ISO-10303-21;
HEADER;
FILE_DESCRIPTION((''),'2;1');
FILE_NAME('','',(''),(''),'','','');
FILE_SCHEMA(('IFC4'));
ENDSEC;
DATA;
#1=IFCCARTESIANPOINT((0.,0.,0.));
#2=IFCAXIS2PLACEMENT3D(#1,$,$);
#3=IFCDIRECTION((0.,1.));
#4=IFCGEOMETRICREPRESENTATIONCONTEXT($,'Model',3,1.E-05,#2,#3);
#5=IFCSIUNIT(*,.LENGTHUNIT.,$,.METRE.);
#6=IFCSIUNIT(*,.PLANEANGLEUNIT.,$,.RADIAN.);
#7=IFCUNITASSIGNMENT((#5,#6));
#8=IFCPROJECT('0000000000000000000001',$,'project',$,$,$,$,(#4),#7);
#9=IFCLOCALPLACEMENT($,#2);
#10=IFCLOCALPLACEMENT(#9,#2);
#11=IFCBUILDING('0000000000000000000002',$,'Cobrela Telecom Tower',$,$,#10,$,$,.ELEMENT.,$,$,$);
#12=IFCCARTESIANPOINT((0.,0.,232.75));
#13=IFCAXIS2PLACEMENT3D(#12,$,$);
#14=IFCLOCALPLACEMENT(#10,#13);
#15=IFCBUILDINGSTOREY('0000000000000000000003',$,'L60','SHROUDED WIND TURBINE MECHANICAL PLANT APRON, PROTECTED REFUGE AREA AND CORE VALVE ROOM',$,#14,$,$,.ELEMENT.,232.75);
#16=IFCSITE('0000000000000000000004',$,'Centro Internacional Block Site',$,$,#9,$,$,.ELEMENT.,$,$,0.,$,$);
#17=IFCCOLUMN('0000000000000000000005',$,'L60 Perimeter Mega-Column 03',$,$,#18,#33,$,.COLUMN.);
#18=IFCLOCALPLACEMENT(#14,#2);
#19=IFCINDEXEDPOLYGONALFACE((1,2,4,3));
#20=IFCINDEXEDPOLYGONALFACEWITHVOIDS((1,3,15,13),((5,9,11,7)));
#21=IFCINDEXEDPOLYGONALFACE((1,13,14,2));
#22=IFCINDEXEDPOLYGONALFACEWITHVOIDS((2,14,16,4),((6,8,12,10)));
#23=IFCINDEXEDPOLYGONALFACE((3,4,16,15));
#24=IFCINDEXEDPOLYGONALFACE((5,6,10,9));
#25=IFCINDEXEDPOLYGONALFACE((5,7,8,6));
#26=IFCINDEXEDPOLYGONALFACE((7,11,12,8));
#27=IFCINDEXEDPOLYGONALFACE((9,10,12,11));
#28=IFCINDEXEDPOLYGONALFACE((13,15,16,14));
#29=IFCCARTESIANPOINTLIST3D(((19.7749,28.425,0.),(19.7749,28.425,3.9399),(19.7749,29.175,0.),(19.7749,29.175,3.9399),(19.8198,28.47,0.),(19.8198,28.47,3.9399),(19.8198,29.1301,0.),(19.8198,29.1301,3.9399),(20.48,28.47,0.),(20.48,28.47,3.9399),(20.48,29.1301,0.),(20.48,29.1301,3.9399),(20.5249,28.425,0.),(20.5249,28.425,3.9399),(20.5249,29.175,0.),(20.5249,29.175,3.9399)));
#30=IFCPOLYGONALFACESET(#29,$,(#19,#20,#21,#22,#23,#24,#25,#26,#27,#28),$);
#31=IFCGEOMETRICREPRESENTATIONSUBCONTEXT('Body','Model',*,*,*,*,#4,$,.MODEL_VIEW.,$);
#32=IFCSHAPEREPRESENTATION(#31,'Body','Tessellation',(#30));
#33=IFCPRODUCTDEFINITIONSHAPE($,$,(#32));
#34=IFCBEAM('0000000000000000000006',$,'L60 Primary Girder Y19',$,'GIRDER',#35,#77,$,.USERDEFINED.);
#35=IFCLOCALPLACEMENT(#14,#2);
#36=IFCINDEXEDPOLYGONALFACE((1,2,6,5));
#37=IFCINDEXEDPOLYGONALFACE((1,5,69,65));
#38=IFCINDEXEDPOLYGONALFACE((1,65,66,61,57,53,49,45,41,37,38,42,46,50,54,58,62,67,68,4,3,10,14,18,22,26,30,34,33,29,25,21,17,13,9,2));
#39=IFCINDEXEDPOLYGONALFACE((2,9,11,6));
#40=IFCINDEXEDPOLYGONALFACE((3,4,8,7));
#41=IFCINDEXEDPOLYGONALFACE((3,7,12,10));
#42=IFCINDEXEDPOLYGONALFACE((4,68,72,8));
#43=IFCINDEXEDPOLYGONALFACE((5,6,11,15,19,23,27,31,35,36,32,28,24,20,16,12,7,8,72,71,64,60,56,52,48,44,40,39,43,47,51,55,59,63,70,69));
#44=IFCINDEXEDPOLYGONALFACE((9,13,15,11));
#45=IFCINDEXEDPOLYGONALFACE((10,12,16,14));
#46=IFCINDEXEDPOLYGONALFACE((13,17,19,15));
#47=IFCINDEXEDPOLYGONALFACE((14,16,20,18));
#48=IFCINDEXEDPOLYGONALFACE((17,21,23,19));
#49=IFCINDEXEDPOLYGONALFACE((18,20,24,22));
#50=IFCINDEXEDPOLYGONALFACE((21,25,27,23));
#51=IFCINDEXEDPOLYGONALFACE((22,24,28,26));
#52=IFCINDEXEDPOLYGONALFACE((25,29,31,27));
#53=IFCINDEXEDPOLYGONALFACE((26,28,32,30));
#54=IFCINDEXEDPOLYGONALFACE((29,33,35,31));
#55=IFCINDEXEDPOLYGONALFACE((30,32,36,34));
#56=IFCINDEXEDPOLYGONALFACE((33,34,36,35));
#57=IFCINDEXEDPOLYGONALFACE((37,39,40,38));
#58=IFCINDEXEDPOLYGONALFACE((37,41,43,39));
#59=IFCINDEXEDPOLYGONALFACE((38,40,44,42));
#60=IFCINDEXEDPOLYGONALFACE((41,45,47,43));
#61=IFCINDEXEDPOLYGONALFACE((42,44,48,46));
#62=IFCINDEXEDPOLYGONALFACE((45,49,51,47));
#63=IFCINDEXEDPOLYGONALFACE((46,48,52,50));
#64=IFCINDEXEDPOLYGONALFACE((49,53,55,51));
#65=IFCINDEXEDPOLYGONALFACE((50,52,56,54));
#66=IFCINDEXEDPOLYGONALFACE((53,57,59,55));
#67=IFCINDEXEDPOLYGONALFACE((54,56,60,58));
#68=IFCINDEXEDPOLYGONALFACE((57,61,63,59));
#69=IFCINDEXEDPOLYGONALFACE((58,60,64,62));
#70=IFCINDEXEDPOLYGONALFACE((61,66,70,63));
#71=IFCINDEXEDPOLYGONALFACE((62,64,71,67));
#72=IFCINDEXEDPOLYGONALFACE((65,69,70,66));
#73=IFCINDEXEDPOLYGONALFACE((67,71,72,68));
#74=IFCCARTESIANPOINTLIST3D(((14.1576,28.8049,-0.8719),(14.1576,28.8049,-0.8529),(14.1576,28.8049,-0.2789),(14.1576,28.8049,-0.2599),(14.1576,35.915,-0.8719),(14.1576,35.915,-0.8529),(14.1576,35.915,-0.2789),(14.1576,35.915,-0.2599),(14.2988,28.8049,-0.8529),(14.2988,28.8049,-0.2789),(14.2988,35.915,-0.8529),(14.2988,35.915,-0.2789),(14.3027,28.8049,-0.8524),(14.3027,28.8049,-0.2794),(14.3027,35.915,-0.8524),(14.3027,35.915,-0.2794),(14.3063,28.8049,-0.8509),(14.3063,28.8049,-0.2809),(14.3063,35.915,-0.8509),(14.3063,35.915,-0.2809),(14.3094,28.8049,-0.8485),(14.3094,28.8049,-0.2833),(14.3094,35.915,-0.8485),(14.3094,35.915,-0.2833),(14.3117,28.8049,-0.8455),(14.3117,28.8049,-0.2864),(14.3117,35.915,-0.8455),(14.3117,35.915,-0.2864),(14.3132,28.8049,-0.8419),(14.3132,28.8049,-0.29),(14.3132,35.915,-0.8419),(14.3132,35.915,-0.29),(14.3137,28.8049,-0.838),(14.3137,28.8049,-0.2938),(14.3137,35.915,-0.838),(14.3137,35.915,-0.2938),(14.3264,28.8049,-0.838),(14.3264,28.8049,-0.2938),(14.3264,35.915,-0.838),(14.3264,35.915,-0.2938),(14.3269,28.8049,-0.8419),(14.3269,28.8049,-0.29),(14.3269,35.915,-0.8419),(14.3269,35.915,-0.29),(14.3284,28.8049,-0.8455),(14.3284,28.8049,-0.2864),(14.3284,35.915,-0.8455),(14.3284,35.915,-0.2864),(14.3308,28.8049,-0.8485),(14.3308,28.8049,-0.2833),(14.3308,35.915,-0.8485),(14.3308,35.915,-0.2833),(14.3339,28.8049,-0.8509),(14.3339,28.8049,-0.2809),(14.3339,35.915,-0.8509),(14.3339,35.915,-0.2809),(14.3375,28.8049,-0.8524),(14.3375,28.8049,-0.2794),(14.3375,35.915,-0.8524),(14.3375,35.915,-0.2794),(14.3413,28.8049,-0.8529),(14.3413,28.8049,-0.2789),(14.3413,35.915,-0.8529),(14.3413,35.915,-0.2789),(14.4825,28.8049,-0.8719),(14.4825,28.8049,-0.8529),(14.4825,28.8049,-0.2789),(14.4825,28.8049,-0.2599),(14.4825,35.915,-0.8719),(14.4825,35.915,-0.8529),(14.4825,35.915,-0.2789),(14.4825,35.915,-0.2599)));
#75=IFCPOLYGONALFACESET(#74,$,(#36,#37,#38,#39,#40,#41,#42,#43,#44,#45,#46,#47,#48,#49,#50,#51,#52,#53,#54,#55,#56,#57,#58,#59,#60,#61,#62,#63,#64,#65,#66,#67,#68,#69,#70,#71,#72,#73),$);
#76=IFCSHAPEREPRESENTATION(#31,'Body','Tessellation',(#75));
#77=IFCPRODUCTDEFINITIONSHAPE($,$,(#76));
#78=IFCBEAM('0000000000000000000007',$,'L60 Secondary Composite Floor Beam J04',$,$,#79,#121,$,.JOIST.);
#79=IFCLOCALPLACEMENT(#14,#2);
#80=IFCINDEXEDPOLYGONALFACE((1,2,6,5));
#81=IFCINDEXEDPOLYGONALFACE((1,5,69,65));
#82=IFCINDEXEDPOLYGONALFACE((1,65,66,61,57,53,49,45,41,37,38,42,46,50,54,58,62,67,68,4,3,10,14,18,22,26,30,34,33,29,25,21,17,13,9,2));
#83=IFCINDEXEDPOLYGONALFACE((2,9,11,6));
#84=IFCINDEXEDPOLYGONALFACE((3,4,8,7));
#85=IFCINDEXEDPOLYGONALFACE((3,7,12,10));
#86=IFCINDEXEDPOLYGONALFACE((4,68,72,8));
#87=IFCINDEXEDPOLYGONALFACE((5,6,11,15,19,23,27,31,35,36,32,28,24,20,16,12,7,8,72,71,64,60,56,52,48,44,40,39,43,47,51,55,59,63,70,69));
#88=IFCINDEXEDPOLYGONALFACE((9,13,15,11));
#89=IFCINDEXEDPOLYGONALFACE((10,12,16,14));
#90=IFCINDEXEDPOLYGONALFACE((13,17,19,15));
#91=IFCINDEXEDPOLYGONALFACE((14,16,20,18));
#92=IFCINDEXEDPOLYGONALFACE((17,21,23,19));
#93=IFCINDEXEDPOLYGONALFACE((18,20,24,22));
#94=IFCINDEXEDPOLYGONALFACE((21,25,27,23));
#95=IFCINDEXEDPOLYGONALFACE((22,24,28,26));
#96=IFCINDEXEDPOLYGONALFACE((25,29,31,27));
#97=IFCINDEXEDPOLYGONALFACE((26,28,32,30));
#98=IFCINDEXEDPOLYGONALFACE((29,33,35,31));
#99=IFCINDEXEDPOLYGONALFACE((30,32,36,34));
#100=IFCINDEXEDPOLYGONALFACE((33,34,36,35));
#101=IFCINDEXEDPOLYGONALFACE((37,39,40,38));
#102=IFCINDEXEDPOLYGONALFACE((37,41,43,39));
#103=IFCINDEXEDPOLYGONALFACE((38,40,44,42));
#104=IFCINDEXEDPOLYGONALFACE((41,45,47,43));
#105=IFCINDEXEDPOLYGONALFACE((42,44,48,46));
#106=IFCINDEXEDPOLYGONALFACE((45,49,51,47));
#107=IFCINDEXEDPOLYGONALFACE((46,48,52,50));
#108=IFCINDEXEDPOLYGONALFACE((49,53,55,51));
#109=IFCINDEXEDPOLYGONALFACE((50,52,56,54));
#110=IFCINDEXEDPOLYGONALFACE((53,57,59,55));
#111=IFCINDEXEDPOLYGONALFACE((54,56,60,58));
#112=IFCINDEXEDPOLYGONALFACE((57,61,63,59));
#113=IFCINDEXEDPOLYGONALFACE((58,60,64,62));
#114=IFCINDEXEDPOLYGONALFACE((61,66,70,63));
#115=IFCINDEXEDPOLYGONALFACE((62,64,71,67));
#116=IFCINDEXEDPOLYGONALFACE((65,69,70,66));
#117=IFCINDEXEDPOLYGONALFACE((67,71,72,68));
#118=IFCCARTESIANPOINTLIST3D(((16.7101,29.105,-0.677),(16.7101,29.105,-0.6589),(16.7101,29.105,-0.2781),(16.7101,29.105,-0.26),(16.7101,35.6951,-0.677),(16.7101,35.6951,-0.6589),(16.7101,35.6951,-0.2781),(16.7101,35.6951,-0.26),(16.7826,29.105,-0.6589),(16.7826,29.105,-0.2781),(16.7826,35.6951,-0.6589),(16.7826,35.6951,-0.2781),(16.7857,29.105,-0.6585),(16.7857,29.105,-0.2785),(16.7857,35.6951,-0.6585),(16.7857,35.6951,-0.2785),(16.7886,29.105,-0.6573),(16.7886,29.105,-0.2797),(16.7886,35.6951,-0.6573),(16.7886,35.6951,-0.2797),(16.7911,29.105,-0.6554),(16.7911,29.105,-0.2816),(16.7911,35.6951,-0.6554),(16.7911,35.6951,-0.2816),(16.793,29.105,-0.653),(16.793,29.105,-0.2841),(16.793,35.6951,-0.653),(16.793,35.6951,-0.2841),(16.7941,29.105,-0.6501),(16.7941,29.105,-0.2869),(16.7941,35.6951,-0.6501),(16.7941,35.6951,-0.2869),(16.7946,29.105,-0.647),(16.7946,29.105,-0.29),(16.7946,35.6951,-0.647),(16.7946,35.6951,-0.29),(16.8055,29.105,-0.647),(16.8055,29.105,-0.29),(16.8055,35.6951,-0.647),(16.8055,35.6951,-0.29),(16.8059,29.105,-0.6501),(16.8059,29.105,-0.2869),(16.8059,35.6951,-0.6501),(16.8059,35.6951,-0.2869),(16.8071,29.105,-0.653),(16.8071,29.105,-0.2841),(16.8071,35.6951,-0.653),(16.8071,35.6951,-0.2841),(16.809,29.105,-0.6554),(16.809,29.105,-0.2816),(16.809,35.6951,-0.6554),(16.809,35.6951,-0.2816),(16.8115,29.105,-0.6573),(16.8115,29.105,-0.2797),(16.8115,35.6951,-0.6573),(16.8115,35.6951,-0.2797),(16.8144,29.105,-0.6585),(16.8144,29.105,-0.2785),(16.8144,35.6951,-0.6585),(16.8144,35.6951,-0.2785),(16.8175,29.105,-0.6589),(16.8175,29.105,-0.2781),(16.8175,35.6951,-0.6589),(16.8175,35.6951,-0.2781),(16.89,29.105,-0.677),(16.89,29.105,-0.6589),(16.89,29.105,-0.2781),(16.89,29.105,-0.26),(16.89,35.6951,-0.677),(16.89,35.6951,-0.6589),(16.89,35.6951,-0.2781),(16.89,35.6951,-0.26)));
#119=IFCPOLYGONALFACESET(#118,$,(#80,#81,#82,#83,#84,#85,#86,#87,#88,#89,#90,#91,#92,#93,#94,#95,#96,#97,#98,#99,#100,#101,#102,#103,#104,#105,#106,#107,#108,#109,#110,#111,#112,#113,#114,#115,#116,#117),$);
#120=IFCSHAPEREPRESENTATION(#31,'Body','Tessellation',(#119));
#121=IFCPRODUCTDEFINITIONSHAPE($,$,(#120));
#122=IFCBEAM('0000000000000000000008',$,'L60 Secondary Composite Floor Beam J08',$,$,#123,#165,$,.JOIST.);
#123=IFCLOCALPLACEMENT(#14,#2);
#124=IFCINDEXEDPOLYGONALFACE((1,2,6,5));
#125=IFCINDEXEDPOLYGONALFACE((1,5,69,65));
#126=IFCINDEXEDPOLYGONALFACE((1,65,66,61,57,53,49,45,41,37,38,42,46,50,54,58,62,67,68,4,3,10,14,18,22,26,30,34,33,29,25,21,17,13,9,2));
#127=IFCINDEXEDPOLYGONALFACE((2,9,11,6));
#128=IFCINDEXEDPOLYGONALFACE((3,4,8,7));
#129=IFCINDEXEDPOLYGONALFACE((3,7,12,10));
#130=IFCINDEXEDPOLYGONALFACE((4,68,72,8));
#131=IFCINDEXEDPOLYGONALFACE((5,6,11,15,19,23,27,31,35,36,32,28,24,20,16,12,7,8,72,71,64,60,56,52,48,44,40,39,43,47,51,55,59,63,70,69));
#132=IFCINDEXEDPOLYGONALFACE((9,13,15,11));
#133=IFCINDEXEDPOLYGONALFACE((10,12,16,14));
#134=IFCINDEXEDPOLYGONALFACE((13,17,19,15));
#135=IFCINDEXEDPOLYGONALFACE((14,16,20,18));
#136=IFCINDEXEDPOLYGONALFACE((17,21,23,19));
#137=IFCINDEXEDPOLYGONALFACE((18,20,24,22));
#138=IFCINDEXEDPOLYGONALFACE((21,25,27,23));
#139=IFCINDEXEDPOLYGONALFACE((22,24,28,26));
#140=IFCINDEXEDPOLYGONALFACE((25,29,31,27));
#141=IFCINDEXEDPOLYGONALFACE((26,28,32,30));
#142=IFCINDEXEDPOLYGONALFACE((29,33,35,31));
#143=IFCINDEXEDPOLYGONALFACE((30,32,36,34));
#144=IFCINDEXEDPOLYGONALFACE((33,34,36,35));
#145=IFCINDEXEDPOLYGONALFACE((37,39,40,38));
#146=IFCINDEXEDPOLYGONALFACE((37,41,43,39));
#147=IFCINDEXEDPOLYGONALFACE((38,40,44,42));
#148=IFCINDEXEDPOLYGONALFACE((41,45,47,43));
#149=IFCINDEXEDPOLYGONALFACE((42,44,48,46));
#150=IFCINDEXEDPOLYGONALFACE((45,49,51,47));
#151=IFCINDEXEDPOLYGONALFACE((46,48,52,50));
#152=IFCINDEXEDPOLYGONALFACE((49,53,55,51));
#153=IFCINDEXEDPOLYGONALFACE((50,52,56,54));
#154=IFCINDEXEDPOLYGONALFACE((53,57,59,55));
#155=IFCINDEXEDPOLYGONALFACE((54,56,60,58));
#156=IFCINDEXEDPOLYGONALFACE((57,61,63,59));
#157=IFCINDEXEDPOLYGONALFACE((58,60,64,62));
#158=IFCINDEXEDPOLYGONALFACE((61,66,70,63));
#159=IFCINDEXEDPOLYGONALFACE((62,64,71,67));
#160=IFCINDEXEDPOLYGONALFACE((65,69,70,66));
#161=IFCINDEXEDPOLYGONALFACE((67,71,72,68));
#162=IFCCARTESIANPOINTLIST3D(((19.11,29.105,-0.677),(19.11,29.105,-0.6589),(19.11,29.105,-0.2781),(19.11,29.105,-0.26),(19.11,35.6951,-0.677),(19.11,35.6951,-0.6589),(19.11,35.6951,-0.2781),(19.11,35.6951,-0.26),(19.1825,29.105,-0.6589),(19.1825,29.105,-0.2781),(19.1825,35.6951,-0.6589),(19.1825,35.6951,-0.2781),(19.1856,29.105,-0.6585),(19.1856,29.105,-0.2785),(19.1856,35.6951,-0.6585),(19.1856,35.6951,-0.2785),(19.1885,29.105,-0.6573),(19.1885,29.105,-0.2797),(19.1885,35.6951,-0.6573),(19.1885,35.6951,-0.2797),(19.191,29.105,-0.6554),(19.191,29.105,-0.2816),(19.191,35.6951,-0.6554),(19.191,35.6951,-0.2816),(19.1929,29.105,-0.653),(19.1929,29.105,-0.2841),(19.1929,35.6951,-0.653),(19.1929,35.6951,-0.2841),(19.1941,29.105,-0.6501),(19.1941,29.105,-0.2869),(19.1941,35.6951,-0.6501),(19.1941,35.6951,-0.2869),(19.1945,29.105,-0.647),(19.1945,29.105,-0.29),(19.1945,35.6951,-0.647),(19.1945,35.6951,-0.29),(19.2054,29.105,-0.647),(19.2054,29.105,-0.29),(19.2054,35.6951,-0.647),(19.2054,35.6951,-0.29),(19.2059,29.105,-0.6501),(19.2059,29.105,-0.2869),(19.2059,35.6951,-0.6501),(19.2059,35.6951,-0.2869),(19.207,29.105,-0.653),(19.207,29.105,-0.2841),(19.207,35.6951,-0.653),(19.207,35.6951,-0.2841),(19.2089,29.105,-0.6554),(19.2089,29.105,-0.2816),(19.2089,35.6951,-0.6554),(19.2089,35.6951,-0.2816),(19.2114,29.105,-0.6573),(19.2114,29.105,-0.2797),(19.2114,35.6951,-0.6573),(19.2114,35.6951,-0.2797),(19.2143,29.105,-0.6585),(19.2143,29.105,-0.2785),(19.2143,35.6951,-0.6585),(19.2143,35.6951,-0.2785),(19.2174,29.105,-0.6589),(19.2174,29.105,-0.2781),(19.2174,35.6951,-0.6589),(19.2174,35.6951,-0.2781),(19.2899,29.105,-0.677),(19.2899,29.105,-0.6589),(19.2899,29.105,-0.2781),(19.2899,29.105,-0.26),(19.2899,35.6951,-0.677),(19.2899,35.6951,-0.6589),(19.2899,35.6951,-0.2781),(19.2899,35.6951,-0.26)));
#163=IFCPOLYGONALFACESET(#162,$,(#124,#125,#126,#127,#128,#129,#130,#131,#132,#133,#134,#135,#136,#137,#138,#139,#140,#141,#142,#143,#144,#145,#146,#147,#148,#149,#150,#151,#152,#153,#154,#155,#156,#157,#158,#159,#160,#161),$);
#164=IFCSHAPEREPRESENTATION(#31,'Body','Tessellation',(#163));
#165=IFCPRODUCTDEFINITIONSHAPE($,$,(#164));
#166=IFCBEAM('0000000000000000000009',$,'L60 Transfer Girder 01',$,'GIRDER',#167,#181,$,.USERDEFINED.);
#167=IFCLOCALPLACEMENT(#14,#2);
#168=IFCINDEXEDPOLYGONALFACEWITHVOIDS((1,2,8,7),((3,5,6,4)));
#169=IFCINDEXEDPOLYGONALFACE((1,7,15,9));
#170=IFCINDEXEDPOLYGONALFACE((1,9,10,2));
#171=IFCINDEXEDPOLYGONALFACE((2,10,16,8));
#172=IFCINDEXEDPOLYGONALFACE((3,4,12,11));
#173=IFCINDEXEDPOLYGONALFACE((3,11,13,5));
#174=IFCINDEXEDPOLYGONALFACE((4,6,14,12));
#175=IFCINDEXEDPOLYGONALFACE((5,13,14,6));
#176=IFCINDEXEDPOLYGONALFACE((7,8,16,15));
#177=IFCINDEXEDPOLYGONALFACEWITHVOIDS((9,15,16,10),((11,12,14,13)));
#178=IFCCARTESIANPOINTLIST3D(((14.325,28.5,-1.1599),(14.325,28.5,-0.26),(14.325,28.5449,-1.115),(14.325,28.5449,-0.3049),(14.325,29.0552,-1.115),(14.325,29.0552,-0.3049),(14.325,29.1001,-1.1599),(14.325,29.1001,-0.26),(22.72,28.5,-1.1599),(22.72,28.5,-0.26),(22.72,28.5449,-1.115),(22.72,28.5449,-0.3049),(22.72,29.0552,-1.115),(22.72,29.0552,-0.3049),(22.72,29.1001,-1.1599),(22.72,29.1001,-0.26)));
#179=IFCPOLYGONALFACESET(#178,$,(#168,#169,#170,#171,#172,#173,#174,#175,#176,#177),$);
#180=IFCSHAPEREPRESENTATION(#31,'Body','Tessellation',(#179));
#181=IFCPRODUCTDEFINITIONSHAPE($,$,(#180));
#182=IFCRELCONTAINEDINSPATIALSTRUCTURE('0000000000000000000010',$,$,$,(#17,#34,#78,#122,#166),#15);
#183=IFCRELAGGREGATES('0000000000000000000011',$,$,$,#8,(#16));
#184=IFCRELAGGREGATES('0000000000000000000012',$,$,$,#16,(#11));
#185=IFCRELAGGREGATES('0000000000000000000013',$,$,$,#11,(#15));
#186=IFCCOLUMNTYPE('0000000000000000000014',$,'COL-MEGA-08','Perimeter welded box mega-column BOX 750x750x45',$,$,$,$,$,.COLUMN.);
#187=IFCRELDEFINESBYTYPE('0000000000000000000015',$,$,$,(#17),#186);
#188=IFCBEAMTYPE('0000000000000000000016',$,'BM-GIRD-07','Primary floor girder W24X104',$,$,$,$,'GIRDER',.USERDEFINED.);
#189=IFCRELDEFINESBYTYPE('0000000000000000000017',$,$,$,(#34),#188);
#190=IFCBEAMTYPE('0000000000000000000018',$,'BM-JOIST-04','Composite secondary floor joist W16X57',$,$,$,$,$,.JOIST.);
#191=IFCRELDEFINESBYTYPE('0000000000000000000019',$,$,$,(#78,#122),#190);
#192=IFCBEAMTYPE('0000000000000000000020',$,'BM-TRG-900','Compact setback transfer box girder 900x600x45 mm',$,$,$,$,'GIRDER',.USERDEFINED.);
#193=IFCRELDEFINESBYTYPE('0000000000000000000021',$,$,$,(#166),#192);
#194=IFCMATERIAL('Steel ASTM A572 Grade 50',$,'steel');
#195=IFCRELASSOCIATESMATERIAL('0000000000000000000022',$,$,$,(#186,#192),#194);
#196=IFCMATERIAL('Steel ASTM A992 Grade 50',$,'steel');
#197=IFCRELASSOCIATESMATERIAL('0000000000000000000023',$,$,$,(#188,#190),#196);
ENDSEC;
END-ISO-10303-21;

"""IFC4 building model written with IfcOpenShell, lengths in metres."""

from ifc_helpers import new_model, si_unit, direction, frame, origin, origin_2d, place, context, subcontext, project, spatial, hollow_rectangle, i_section, extrude, material, material_profile, profile_set, type_object, element, save


model = new_model("IFC4")

# Units and contexts
model_context = context("Model", 3, precision=1e-05, world=origin(), true_north=direction((0.0, 1.0)))
body_context = subcontext(model_context, "Body", "Model", "MODEL_VIEW")
ifc_project = project(units=[si_unit("LENGTHUNIT", "METRE"), si_unit("PLANEANGLEUNIT", "RADIAN")], contexts=[model_context])

# Site, building, storey
site_placement = place(None, origin())
site = spatial("IfcSite", under=ifc_project, at=site_placement, Name="Centro Internacional Block Site", CompositionType="ELEMENT", RefElevation=0.0)
building_placement = place(site_placement, origin())
building = spatial("IfcBuilding", under=site, at=building_placement, Name="Cobrela Telecom Tower", CompositionType="ELEMENT")
storey_placement = place(building_placement, frame((0.0, 0.0, 232.75)))
storey = spatial("IfcBuildingStorey", under=building, at=storey_placement, Name="L60", Description="SHROUDED WIND TURBINE MECHANICAL PLANT APRON, PROTECTED REFUGE AREA AND CORE VALVE ROOM", CompositionType="ELEMENT", Elevation=232.75)

# Column
ifc_material_1 = material(Name="Steel ASTM A572 Grade 50", Category="steel")
ifc_material_profile_1 = material_profile(ifc_material_1, hollow_rectangle(XDim=0.75, YDim=0.75, WallThickness=0.0449, at=origin_2d()), Name="BOX 750x750x45")
ifc_profile_set_1 = profile_set([ifc_material_profile_1], Name="Steel ASTM A572 Grade 50")
column_type = type_object("IfcColumnType", Name="COL-MEGA-08", Description="Perimeter welded box mega-column BOX 750x750x45", PredefinedType="COLUMN", material=ifc_profile_set_1)
column_placement = place(storey_placement, frame((20.1499, 28.8, 0.0), z_axis=(0.0, 0.0, 1.0), x_axis=(1.0, 0.0, 0.0)))
element("IfcColumn", 1, at=column_placement, inside=storey, type_object=column_type, Name="L60 Perimeter Mega-Column 03", PredefinedType="COLUMN", context=body_context, shape_type="SweptSolid", body=[
    extrude(hollow_rectangle(XDim=0.75, YDim=0.75, WallThickness=0.0449, at=origin_2d()), origin(), (0.0, 0.0, 1.0), 3.9399),
])

# Beams
ifc_material_2 = material(Name="Steel ASTM A992 Grade 50", Category="steel")
ifc_material_profile_2 = material_profile(ifc_material_2, i_section(OverallWidth=0.325, OverallDepth=0.6121, WebThickness=0.0127, FlangeThickness=0.019, FilletRadius=0.0149, at=origin_2d()), Name="W24X104")
ifc_profile_set_2 = profile_set([ifc_material_profile_2], Name="Steel ASTM A992 Grade 50")
beam_type_1 = type_object("IfcBeamType", Name="BM-GIRD-07", Description="Primary floor girder W24X104", ElementType="GIRDER", PredefinedType="USERDEFINED", material=ifc_profile_set_2)
beam_1_placement = place(storey_placement, frame((14.3201, 28.8049, -0.5659), z_axis=(0.0, 1.0, 0.0), x_axis=(-1.0, 0.0, 0.0)))
element("IfcBeam", 2, at=beam_1_placement, inside=storey, type_object=beam_type_1, Name="L60 Primary Girder Y19", ObjectType="GIRDER", PredefinedType="USERDEFINED", context=body_context, shape_type="SweptSolid", body=[
    extrude(i_section(OverallWidth=0.325, OverallDepth=0.6121, WebThickness=0.0127, FlangeThickness=0.019, FilletRadius=0.0149, at=origin_2d()), origin(), (0.0, 0.0, 1.0), 7.1101),
])
ifc_material_profile_3 = material_profile(ifc_material_2, i_section(OverallWidth=0.1799, OverallDepth=0.417, WebThickness=0.011, FlangeThickness=0.0181, FilletRadius=0.012, at=origin_2d()), Name="W16X57")
ifc_profile_set_3 = profile_set([ifc_material_profile_3], Name="Steel ASTM A992 Grade 50")
beam_type_2 = type_object("IfcBeamType", Name="BM-JOIST-04", Description="Composite secondary floor joist W16X57", PredefinedType="JOIST", material=ifc_profile_set_3)
for number, where, z_axis, x_axis, name in (
    (3, (16.8, 29.105, -0.4685), (0.0, 1.0, 0.0), (-1.0, 0.0, 0.0), "L60 Secondary Composite Floor Beam J04"),
    (4, (19.2, 29.105, -0.4685), (0.0, 1.0, 0.0), (-1.0, 0.0, 0.0), "L60 Secondary Composite Floor Beam J08"),
):
    element("IfcBeam", number, at=place(storey_placement, frame(where, z_axis=z_axis, x_axis=x_axis)), inside=storey, type_object=beam_type_2, Name=name, PredefinedType="JOIST", context=body_context, shape_type="SweptSolid", body=[
        extrude(i_section(OverallWidth=0.1799, OverallDepth=0.417, WebThickness=0.011, FlangeThickness=0.0181, FilletRadius=0.012, at=origin_2d()), origin(), (0.0, 0.0, 1.0), 6.5901),
    ])
ifc_material_profile_4 = material_profile(ifc_material_1, hollow_rectangle(XDim=0.6001, YDim=0.8999, WallThickness=0.0449, at=origin_2d()), Name="BOX 900x600x45")
ifc_profile_set_4 = profile_set([ifc_material_profile_4], Name="Steel ASTM A572 Grade 50")
beam_type_3 = type_object("IfcBeamType", Name="BM-TRG-900", Description="Compact setback transfer box girder 900x600x45 mm", ElementType="GIRDER", PredefinedType="USERDEFINED", material=ifc_profile_set_4)
beam_2_placement = place(storey_placement, frame((14.325, 28.8, -0.71), z_axis=(1.0, 0.0, 0.0), x_axis=(0.0, 1.0, 0.0)))
element("IfcBeam", 5, at=beam_2_placement, inside=storey, type_object=beam_type_3, Name="L60 Transfer Girder 01", ObjectType="GIRDER", PredefinedType="USERDEFINED", context=body_context, shape_type="SweptSolid", body=[
    extrude(hollow_rectangle(XDim=0.6001, YDim=0.8999, WallThickness=0.0449, at=origin_2d()), origin(), (0.0, 0.0, 1.0), 8.395),
])

save(model, "model.ifc")
